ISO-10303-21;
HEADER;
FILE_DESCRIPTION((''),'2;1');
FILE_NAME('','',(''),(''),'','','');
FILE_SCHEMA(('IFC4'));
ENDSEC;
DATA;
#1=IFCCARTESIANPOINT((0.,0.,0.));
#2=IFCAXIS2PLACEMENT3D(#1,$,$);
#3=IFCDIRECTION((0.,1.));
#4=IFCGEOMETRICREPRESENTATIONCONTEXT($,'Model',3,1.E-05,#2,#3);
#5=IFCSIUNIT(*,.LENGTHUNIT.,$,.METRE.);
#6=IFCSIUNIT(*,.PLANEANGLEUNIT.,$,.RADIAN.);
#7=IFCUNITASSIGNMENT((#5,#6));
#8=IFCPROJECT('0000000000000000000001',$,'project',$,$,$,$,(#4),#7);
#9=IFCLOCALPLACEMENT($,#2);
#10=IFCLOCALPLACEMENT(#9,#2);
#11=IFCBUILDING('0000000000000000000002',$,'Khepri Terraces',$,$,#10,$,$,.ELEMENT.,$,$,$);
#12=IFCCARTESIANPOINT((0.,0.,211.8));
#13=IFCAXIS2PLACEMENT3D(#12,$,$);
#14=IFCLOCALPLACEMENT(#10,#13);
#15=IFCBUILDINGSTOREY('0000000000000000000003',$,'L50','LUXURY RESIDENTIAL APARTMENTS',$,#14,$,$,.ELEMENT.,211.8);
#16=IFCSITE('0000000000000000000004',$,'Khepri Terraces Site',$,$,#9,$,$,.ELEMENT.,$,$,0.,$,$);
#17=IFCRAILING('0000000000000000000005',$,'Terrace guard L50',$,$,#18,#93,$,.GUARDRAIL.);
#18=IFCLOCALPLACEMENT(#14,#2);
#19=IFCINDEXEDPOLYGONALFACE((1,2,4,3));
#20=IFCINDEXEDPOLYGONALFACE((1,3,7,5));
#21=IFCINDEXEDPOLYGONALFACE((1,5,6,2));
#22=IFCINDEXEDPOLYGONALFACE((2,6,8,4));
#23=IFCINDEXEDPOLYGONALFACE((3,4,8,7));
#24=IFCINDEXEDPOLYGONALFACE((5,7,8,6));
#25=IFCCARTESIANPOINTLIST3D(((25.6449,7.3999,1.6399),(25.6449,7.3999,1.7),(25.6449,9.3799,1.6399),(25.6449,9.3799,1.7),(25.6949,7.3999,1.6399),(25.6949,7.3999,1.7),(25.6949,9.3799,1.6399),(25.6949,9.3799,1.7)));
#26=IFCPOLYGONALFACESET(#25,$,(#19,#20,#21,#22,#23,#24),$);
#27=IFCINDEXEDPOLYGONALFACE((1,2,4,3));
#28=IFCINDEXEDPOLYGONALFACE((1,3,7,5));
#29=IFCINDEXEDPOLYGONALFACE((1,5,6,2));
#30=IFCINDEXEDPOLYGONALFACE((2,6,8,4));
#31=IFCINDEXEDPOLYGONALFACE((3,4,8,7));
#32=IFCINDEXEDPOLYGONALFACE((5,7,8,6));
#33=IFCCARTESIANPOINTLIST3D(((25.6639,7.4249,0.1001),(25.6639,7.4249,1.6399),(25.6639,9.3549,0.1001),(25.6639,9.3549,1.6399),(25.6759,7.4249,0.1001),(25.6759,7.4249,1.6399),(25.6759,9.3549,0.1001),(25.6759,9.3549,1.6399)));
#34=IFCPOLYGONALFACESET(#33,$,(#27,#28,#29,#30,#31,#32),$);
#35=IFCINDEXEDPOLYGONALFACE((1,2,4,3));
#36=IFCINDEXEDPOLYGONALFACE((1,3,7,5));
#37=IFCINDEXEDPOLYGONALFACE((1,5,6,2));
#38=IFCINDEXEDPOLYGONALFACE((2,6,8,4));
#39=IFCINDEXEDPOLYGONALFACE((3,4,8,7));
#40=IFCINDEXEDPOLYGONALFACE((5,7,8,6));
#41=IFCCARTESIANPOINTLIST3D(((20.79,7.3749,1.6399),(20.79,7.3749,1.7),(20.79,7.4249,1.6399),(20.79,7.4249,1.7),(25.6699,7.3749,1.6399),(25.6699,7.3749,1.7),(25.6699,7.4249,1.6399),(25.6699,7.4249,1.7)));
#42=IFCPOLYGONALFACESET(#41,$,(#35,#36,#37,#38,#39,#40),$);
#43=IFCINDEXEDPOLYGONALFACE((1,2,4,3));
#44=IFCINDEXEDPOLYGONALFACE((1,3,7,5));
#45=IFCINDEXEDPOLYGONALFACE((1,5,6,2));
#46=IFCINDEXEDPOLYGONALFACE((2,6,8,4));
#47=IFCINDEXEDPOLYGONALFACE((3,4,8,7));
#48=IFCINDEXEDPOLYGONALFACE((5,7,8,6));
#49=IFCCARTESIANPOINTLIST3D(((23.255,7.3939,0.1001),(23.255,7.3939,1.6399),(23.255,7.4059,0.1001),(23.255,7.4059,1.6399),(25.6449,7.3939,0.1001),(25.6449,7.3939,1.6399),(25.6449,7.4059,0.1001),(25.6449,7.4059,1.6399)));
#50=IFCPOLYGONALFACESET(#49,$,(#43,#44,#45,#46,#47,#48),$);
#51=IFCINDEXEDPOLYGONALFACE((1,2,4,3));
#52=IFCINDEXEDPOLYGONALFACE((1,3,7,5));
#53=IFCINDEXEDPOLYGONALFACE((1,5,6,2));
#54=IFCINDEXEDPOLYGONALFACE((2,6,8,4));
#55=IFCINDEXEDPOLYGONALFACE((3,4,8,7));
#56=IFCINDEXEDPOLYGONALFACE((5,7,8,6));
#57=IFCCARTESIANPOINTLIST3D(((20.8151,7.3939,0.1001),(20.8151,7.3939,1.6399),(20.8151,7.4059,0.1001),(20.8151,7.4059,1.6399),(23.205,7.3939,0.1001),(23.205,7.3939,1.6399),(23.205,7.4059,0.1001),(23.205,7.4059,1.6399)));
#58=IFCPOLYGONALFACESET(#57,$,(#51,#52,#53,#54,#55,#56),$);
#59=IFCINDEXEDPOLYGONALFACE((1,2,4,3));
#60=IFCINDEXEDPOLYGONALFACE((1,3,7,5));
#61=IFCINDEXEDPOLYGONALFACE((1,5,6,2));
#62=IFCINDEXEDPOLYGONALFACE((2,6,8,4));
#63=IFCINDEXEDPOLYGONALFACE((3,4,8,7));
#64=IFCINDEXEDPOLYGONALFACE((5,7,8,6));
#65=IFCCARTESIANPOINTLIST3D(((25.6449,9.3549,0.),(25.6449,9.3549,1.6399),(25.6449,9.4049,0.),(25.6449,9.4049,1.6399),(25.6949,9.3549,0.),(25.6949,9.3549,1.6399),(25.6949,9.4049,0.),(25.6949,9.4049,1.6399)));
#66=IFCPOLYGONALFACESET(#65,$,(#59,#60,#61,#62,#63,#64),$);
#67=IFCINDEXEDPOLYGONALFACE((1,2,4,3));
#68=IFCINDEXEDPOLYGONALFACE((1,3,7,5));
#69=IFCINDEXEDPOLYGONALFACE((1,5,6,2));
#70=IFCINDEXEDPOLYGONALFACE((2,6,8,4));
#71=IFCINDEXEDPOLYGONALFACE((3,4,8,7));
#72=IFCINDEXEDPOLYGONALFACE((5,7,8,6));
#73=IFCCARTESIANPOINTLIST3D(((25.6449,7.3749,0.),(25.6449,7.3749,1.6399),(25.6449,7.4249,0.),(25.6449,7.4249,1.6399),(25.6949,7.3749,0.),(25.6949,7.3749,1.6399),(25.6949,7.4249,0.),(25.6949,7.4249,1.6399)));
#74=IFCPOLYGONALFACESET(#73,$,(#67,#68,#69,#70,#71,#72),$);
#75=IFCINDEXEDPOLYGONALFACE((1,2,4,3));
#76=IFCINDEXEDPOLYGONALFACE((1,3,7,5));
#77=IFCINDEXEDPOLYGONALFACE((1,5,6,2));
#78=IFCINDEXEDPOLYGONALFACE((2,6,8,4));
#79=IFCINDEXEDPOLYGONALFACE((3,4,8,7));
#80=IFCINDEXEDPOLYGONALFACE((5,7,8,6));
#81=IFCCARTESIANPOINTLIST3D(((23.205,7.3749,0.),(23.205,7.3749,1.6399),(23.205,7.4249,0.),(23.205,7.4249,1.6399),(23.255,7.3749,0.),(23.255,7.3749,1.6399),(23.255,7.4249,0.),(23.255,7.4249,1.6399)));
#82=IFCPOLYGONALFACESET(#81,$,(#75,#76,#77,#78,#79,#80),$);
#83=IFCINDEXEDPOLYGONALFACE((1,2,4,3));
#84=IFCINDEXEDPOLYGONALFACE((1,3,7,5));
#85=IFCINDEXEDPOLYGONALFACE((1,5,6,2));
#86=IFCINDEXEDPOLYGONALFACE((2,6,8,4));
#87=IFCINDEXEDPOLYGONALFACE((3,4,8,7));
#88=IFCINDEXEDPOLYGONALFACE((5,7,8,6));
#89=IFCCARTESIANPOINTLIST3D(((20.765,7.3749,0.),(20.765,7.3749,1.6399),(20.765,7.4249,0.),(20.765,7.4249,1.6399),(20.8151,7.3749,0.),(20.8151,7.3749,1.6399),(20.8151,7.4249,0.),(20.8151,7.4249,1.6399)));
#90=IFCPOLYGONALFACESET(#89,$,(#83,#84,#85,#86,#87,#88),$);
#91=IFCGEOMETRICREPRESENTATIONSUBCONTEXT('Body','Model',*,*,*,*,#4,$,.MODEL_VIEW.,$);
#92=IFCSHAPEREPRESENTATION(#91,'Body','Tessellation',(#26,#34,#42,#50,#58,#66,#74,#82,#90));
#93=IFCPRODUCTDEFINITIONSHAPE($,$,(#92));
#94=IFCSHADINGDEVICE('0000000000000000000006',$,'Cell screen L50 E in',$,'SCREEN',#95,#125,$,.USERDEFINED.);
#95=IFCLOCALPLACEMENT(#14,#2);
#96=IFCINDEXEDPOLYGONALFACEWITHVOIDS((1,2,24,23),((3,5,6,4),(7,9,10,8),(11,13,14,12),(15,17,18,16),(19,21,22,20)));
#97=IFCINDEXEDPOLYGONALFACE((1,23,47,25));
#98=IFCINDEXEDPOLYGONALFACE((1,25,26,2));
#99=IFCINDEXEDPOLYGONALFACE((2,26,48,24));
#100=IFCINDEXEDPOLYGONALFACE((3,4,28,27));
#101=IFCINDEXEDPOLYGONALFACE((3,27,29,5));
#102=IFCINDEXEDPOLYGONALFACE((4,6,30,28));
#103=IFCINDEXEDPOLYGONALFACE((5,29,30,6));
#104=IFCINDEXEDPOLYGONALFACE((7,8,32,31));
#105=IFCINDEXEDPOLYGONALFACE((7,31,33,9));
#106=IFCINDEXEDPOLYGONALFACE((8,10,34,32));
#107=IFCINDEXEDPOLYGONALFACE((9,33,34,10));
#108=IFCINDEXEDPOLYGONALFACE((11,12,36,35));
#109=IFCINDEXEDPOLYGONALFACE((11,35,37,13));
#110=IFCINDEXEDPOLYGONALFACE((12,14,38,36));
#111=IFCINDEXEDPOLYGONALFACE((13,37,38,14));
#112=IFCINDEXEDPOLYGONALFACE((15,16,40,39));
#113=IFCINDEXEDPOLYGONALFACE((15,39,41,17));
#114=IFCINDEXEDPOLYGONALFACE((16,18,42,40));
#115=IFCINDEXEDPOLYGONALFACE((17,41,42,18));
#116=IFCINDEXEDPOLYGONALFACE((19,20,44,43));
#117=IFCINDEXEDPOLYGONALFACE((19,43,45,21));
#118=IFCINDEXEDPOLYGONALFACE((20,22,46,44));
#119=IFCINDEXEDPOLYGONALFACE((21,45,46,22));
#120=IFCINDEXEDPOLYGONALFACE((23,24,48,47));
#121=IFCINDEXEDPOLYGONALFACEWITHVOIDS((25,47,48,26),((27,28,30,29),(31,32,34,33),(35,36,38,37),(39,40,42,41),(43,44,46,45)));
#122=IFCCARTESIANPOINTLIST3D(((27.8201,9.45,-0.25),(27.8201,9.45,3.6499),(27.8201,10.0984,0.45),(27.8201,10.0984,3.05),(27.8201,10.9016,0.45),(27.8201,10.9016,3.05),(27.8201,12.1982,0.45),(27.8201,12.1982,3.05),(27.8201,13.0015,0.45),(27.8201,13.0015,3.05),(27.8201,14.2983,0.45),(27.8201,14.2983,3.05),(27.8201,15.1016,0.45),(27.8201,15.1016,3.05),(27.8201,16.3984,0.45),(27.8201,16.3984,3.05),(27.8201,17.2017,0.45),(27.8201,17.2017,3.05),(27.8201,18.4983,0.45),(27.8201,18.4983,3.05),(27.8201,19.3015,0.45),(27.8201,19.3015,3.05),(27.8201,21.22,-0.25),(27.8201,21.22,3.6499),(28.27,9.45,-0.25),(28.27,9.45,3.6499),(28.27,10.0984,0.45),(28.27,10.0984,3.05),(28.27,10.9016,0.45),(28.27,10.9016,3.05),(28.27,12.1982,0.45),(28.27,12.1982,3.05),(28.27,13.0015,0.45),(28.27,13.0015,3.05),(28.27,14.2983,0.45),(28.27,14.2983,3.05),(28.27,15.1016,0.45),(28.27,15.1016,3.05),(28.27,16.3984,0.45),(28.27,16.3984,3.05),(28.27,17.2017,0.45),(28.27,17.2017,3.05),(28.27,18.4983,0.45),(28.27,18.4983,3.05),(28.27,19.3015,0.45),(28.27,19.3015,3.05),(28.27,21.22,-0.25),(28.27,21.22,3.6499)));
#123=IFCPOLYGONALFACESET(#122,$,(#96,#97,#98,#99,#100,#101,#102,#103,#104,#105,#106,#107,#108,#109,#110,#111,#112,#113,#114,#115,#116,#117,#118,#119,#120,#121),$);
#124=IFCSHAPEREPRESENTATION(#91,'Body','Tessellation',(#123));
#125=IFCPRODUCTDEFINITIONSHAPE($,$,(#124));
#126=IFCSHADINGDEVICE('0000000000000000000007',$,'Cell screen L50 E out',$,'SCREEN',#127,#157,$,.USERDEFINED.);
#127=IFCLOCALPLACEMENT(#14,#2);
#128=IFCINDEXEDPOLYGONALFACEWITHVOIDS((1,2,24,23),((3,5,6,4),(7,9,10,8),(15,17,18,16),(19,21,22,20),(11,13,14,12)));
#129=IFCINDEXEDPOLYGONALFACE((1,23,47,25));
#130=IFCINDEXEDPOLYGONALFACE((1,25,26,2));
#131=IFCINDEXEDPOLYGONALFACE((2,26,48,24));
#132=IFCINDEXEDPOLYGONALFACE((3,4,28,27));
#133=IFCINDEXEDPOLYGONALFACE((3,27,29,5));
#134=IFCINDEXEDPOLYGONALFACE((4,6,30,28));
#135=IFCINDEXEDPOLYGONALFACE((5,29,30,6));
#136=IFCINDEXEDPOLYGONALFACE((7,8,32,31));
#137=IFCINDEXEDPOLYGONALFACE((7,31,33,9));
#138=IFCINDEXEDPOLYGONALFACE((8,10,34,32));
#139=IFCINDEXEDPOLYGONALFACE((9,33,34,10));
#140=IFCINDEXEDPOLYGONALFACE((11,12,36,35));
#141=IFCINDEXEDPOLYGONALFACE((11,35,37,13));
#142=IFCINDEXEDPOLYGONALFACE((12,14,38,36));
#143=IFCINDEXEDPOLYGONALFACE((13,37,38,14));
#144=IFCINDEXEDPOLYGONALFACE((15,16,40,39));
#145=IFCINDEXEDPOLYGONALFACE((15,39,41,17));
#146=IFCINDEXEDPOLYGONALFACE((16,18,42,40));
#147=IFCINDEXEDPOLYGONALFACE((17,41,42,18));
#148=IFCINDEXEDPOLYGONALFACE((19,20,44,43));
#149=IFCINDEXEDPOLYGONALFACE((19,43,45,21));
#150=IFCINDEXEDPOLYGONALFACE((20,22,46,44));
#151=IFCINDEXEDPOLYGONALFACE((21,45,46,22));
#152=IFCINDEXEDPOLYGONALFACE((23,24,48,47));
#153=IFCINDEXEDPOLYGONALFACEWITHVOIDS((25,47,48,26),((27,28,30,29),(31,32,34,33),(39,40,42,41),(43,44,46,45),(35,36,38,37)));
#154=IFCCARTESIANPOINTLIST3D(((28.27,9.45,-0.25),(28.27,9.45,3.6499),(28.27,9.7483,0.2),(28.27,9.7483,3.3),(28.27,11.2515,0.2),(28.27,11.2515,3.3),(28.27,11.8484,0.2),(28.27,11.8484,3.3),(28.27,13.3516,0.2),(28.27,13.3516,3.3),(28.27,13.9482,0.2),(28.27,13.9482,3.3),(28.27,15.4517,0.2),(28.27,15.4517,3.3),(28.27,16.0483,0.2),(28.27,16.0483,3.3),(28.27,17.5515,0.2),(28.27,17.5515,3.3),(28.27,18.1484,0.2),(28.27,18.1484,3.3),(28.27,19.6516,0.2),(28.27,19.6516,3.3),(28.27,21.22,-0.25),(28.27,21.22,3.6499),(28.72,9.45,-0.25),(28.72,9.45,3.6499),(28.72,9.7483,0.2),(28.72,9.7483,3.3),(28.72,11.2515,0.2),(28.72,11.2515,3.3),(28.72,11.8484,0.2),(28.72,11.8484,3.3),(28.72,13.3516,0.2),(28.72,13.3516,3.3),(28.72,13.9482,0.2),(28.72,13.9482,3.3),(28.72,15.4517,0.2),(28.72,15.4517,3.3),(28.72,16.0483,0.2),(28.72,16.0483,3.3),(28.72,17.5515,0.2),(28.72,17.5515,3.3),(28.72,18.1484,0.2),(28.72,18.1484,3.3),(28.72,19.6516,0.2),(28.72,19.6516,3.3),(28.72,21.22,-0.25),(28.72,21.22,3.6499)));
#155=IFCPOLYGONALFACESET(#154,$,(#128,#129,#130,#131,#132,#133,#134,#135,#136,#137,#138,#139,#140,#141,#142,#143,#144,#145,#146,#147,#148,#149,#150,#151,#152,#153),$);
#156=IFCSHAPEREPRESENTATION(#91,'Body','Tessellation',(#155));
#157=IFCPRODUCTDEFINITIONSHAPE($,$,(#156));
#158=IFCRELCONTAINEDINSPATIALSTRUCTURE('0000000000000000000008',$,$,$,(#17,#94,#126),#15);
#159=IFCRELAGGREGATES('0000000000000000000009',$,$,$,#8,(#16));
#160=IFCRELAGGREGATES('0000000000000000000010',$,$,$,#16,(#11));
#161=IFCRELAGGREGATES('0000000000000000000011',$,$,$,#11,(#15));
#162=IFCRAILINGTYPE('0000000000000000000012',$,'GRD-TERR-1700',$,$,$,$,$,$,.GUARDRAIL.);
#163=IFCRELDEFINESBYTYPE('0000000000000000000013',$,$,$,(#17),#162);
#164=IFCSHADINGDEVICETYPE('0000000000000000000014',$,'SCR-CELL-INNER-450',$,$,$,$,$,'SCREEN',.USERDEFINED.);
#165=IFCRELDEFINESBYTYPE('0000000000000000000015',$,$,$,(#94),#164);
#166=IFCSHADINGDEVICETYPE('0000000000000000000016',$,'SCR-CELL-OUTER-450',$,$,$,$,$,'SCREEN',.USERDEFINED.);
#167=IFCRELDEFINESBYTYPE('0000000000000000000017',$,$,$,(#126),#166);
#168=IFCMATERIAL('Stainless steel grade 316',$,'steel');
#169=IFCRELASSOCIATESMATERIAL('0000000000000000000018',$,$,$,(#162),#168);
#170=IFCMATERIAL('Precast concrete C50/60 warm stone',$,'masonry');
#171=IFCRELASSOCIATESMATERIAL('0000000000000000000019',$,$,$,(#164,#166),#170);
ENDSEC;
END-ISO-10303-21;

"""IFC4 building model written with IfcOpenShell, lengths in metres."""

from ifc_helpers import new_model, si_unit, direction, frame, origin, origin_2d, place, context, subcontext, project, spatial, polyline, rectangle, outline, extrude, material, type_object, element, save


model = new_model("IFC4")

# Units and contexts
model_context = context("Model", 3, precision=1e-05, world=origin(), true_north=direction((0.0, 1.0)))
body_context = subcontext(model_context, "Body", "Model", "MODEL_VIEW")
ifc_project = project(units=[si_unit("LENGTHUNIT", "METRE"), si_unit("PLANEANGLEUNIT", "RADIAN")], contexts=[model_context])

# Site, building, storey
site_placement = place(None, origin())
site = spatial("IfcSite", under=ifc_project, at=site_placement, Name="Khepri Terraces Site", CompositionType="ELEMENT", RefElevation=0.0)
building_placement = place(site_placement, origin())
building = spatial("IfcBuilding", under=site, at=building_placement, Name="Khepri Terraces", CompositionType="ELEMENT")
storey_placement = place(building_placement, frame((0.0, 0.0, 211.8)))
storey = spatial("IfcBuildingStorey", under=building, at=storey_placement, Name="L50", Description="LUXURY RESIDENTIAL APARTMENTS", CompositionType="ELEMENT", Elevation=211.8)

# Shared definitions
ifc_material_1 = material(Name="Precast concrete C50/60 warm stone", Category="masonry")

# Railing
ifc_material_2 = material(Name="Stainless steel grade 316", Category="steel")
railing_type_1 = type_object("IfcRailingType", Name="GRD-TERR-1700", PredefinedType="GUARDRAIL", material=ifc_material_2)
railing_1_placement = place(storey_placement, frame((25.6699, 9.3799, 0.0)))
element("IfcRailing", 1, at=railing_1_placement, inside=storey, type_object=railing_type_1, Name="Terrace guard L50", PredefinedType="GUARDRAIL", context=body_context, shape_type="SweptSolid", body=[
    extrude(rectangle(XDim=0.05, YDim=0.0601, at=origin_2d()), frame((0.0, 0.0, 1.6699), z_axis=(0.0, -1.0, 0.0), x_axis=(1.0, 0.0, 0.0)), (0.0, 0.0, 1.0), 1.98),
    extrude(rectangle(XDim=1.9299, YDim=0.012, at=origin_2d()), frame((0.0, -0.99, 0.1001), z_axis=(0.0, 0.0, 1.0), x_axis=(0.0, -1.0, 0.0)), (0.0, 0.0, 1.0), 1.5398),
    extrude(rectangle(XDim=0.05, YDim=0.0601, at=origin_2d()), frame((0.0, -1.98, 1.6699), z_axis=(-1.0, 0.0, 0.0), x_axis=(0.0, -1.0, 0.0)), (0.0, 0.0, 1.0), 4.8799),
    extrude(rectangle(XDim=2.3899, YDim=0.012, at=origin_2d()), frame((-1.22, -1.98, 0.1001), z_axis=(0.0, 0.0, 1.0), x_axis=(-1.0, 0.0, 0.0)), (0.0, 0.0, 1.0), 1.5398),
    extrude(rectangle(XDim=2.3899, YDim=0.012, at=origin_2d()), frame((-3.6599, -1.98, 0.1001), z_axis=(0.0, 0.0, 1.0), x_axis=(-1.0, 0.0, 0.0)), (0.0, 0.0, 1.0), 1.5398),
    extrude(rectangle(XDim=0.05, YDim=0.05, at=origin_2d()), origin(), (0.0, 0.0, 1.0), 1.6399),
    extrude(rectangle(XDim=0.05, YDim=0.05, at=origin_2d()), frame((0.0, -1.98, 0.0)), (0.0, 0.0, 1.0), 1.6399),
    extrude(rectangle(XDim=0.05, YDim=0.05, at=origin_2d()), frame((-2.4399, -1.98, 0.0)), (0.0, 0.0, 1.0), 1.6399),
    extrude(rectangle(XDim=0.05, YDim=0.05, at=origin_2d()), frame((-4.8799, -1.98, 0.0)), (0.0, 0.0, 1.0), 1.6399),
])

# Shading devices
shading_device_type_1 = type_object("IfcShadingDeviceType", Name="SCR-CELL-INNER-450", ElementType="SCREEN", PredefinedType="USERDEFINED", material=ifc_material_1)
shading_device_1_placement = place(storey_placement, frame((27.8201, 9.45, -0.25), z_axis=(1.0, 0.0, 0.0), x_axis=(0.0, 1.0, 0.0)))
element("IfcShadingDevice", 2, at=shading_device_1_placement, inside=storey, type_object=shading_device_type_1, Name="Cell screen L50 E in", ObjectType="SCREEN", PredefinedType="USERDEFINED", context=body_context, shape_type="SweptSolid", body=[
    extrude(outline(polyline([(0.0, 0.0), (11.77, 0.0), (11.77, 3.8999), (0.0, 3.8999), (0.0, 0.0)]), holes=[polyline([(0.6484, 0.7), (1.4517, 0.7), (1.4517, 3.3), (0.6484, 3.3), (0.6484, 0.7)]), polyline([(2.7483, 0.7), (3.5515, 0.7), (3.5515, 3.3), (2.7483, 3.3), (2.7483, 0.7)]), polyline([(4.8484, 0.7), (5.6516, 0.7), (5.6516, 3.3), (4.8484, 3.3), (4.8484, 0.7)]), polyline([(6.9485, 0.7), (7.7517, 0.7), (7.7517, 3.3), (6.9485, 3.3), (6.9485, 0.7)]), polyline([(9.0483, 0.7), (9.8516, 0.7), (9.8516, 3.3), (9.0483, 3.3), (9.0483, 0.7)])]), origin(), (0.0, 0.0, 1.0), 0.45),
])
shading_device_type_2 = type_object("IfcShadingDeviceType", Name="SCR-CELL-OUTER-450", ElementType="SCREEN", PredefinedType="USERDEFINED", material=ifc_material_1)
shading_device_2_placement = place(storey_placement, frame((28.27, 9.45, -0.25), z_axis=(1.0, 0.0, 0.0), x_axis=(0.0, 1.0, 0.0)))
element("IfcShadingDevice", 3, at=shading_device_2_placement, inside=storey, type_object=shading_device_type_2, Name="Cell screen L50 E out", ObjectType="SCREEN", PredefinedType="USERDEFINED", context=body_context, shape_type="SweptSolid", body=[
    extrude(outline(polyline([(0.0, 0.0), (11.77, 0.0), (11.77, 3.8999), (0.0, 3.8999), (0.0, 0.0)]), holes=[polyline([(0.2983, 0.45), (1.8015, 0.45), (1.8015, 3.55), (0.2983, 3.55), (0.2983, 0.45)]), polyline([(2.3984, 0.45), (3.9016, 0.45), (3.9016, 3.55), (2.3984, 3.55), (2.3984, 0.45)]), polyline([(4.4983, 0.45), (6.0017, 0.45), (6.0017, 3.55), (4.4983, 3.55), (4.4983, 0.45)]), polyline([(6.5984, 0.45), (8.1016, 0.45), (8.1016, 3.55), (6.5984, 3.55), (6.5984, 0.45)]), polyline([(8.6985, 0.45), (10.2017, 0.45), (10.2017, 3.55), (8.6985, 3.55), (8.6985, 0.45)])]), origin(), (0.0, 0.0, 1.0), 0.45),
])

save(model, "model.ifc")
